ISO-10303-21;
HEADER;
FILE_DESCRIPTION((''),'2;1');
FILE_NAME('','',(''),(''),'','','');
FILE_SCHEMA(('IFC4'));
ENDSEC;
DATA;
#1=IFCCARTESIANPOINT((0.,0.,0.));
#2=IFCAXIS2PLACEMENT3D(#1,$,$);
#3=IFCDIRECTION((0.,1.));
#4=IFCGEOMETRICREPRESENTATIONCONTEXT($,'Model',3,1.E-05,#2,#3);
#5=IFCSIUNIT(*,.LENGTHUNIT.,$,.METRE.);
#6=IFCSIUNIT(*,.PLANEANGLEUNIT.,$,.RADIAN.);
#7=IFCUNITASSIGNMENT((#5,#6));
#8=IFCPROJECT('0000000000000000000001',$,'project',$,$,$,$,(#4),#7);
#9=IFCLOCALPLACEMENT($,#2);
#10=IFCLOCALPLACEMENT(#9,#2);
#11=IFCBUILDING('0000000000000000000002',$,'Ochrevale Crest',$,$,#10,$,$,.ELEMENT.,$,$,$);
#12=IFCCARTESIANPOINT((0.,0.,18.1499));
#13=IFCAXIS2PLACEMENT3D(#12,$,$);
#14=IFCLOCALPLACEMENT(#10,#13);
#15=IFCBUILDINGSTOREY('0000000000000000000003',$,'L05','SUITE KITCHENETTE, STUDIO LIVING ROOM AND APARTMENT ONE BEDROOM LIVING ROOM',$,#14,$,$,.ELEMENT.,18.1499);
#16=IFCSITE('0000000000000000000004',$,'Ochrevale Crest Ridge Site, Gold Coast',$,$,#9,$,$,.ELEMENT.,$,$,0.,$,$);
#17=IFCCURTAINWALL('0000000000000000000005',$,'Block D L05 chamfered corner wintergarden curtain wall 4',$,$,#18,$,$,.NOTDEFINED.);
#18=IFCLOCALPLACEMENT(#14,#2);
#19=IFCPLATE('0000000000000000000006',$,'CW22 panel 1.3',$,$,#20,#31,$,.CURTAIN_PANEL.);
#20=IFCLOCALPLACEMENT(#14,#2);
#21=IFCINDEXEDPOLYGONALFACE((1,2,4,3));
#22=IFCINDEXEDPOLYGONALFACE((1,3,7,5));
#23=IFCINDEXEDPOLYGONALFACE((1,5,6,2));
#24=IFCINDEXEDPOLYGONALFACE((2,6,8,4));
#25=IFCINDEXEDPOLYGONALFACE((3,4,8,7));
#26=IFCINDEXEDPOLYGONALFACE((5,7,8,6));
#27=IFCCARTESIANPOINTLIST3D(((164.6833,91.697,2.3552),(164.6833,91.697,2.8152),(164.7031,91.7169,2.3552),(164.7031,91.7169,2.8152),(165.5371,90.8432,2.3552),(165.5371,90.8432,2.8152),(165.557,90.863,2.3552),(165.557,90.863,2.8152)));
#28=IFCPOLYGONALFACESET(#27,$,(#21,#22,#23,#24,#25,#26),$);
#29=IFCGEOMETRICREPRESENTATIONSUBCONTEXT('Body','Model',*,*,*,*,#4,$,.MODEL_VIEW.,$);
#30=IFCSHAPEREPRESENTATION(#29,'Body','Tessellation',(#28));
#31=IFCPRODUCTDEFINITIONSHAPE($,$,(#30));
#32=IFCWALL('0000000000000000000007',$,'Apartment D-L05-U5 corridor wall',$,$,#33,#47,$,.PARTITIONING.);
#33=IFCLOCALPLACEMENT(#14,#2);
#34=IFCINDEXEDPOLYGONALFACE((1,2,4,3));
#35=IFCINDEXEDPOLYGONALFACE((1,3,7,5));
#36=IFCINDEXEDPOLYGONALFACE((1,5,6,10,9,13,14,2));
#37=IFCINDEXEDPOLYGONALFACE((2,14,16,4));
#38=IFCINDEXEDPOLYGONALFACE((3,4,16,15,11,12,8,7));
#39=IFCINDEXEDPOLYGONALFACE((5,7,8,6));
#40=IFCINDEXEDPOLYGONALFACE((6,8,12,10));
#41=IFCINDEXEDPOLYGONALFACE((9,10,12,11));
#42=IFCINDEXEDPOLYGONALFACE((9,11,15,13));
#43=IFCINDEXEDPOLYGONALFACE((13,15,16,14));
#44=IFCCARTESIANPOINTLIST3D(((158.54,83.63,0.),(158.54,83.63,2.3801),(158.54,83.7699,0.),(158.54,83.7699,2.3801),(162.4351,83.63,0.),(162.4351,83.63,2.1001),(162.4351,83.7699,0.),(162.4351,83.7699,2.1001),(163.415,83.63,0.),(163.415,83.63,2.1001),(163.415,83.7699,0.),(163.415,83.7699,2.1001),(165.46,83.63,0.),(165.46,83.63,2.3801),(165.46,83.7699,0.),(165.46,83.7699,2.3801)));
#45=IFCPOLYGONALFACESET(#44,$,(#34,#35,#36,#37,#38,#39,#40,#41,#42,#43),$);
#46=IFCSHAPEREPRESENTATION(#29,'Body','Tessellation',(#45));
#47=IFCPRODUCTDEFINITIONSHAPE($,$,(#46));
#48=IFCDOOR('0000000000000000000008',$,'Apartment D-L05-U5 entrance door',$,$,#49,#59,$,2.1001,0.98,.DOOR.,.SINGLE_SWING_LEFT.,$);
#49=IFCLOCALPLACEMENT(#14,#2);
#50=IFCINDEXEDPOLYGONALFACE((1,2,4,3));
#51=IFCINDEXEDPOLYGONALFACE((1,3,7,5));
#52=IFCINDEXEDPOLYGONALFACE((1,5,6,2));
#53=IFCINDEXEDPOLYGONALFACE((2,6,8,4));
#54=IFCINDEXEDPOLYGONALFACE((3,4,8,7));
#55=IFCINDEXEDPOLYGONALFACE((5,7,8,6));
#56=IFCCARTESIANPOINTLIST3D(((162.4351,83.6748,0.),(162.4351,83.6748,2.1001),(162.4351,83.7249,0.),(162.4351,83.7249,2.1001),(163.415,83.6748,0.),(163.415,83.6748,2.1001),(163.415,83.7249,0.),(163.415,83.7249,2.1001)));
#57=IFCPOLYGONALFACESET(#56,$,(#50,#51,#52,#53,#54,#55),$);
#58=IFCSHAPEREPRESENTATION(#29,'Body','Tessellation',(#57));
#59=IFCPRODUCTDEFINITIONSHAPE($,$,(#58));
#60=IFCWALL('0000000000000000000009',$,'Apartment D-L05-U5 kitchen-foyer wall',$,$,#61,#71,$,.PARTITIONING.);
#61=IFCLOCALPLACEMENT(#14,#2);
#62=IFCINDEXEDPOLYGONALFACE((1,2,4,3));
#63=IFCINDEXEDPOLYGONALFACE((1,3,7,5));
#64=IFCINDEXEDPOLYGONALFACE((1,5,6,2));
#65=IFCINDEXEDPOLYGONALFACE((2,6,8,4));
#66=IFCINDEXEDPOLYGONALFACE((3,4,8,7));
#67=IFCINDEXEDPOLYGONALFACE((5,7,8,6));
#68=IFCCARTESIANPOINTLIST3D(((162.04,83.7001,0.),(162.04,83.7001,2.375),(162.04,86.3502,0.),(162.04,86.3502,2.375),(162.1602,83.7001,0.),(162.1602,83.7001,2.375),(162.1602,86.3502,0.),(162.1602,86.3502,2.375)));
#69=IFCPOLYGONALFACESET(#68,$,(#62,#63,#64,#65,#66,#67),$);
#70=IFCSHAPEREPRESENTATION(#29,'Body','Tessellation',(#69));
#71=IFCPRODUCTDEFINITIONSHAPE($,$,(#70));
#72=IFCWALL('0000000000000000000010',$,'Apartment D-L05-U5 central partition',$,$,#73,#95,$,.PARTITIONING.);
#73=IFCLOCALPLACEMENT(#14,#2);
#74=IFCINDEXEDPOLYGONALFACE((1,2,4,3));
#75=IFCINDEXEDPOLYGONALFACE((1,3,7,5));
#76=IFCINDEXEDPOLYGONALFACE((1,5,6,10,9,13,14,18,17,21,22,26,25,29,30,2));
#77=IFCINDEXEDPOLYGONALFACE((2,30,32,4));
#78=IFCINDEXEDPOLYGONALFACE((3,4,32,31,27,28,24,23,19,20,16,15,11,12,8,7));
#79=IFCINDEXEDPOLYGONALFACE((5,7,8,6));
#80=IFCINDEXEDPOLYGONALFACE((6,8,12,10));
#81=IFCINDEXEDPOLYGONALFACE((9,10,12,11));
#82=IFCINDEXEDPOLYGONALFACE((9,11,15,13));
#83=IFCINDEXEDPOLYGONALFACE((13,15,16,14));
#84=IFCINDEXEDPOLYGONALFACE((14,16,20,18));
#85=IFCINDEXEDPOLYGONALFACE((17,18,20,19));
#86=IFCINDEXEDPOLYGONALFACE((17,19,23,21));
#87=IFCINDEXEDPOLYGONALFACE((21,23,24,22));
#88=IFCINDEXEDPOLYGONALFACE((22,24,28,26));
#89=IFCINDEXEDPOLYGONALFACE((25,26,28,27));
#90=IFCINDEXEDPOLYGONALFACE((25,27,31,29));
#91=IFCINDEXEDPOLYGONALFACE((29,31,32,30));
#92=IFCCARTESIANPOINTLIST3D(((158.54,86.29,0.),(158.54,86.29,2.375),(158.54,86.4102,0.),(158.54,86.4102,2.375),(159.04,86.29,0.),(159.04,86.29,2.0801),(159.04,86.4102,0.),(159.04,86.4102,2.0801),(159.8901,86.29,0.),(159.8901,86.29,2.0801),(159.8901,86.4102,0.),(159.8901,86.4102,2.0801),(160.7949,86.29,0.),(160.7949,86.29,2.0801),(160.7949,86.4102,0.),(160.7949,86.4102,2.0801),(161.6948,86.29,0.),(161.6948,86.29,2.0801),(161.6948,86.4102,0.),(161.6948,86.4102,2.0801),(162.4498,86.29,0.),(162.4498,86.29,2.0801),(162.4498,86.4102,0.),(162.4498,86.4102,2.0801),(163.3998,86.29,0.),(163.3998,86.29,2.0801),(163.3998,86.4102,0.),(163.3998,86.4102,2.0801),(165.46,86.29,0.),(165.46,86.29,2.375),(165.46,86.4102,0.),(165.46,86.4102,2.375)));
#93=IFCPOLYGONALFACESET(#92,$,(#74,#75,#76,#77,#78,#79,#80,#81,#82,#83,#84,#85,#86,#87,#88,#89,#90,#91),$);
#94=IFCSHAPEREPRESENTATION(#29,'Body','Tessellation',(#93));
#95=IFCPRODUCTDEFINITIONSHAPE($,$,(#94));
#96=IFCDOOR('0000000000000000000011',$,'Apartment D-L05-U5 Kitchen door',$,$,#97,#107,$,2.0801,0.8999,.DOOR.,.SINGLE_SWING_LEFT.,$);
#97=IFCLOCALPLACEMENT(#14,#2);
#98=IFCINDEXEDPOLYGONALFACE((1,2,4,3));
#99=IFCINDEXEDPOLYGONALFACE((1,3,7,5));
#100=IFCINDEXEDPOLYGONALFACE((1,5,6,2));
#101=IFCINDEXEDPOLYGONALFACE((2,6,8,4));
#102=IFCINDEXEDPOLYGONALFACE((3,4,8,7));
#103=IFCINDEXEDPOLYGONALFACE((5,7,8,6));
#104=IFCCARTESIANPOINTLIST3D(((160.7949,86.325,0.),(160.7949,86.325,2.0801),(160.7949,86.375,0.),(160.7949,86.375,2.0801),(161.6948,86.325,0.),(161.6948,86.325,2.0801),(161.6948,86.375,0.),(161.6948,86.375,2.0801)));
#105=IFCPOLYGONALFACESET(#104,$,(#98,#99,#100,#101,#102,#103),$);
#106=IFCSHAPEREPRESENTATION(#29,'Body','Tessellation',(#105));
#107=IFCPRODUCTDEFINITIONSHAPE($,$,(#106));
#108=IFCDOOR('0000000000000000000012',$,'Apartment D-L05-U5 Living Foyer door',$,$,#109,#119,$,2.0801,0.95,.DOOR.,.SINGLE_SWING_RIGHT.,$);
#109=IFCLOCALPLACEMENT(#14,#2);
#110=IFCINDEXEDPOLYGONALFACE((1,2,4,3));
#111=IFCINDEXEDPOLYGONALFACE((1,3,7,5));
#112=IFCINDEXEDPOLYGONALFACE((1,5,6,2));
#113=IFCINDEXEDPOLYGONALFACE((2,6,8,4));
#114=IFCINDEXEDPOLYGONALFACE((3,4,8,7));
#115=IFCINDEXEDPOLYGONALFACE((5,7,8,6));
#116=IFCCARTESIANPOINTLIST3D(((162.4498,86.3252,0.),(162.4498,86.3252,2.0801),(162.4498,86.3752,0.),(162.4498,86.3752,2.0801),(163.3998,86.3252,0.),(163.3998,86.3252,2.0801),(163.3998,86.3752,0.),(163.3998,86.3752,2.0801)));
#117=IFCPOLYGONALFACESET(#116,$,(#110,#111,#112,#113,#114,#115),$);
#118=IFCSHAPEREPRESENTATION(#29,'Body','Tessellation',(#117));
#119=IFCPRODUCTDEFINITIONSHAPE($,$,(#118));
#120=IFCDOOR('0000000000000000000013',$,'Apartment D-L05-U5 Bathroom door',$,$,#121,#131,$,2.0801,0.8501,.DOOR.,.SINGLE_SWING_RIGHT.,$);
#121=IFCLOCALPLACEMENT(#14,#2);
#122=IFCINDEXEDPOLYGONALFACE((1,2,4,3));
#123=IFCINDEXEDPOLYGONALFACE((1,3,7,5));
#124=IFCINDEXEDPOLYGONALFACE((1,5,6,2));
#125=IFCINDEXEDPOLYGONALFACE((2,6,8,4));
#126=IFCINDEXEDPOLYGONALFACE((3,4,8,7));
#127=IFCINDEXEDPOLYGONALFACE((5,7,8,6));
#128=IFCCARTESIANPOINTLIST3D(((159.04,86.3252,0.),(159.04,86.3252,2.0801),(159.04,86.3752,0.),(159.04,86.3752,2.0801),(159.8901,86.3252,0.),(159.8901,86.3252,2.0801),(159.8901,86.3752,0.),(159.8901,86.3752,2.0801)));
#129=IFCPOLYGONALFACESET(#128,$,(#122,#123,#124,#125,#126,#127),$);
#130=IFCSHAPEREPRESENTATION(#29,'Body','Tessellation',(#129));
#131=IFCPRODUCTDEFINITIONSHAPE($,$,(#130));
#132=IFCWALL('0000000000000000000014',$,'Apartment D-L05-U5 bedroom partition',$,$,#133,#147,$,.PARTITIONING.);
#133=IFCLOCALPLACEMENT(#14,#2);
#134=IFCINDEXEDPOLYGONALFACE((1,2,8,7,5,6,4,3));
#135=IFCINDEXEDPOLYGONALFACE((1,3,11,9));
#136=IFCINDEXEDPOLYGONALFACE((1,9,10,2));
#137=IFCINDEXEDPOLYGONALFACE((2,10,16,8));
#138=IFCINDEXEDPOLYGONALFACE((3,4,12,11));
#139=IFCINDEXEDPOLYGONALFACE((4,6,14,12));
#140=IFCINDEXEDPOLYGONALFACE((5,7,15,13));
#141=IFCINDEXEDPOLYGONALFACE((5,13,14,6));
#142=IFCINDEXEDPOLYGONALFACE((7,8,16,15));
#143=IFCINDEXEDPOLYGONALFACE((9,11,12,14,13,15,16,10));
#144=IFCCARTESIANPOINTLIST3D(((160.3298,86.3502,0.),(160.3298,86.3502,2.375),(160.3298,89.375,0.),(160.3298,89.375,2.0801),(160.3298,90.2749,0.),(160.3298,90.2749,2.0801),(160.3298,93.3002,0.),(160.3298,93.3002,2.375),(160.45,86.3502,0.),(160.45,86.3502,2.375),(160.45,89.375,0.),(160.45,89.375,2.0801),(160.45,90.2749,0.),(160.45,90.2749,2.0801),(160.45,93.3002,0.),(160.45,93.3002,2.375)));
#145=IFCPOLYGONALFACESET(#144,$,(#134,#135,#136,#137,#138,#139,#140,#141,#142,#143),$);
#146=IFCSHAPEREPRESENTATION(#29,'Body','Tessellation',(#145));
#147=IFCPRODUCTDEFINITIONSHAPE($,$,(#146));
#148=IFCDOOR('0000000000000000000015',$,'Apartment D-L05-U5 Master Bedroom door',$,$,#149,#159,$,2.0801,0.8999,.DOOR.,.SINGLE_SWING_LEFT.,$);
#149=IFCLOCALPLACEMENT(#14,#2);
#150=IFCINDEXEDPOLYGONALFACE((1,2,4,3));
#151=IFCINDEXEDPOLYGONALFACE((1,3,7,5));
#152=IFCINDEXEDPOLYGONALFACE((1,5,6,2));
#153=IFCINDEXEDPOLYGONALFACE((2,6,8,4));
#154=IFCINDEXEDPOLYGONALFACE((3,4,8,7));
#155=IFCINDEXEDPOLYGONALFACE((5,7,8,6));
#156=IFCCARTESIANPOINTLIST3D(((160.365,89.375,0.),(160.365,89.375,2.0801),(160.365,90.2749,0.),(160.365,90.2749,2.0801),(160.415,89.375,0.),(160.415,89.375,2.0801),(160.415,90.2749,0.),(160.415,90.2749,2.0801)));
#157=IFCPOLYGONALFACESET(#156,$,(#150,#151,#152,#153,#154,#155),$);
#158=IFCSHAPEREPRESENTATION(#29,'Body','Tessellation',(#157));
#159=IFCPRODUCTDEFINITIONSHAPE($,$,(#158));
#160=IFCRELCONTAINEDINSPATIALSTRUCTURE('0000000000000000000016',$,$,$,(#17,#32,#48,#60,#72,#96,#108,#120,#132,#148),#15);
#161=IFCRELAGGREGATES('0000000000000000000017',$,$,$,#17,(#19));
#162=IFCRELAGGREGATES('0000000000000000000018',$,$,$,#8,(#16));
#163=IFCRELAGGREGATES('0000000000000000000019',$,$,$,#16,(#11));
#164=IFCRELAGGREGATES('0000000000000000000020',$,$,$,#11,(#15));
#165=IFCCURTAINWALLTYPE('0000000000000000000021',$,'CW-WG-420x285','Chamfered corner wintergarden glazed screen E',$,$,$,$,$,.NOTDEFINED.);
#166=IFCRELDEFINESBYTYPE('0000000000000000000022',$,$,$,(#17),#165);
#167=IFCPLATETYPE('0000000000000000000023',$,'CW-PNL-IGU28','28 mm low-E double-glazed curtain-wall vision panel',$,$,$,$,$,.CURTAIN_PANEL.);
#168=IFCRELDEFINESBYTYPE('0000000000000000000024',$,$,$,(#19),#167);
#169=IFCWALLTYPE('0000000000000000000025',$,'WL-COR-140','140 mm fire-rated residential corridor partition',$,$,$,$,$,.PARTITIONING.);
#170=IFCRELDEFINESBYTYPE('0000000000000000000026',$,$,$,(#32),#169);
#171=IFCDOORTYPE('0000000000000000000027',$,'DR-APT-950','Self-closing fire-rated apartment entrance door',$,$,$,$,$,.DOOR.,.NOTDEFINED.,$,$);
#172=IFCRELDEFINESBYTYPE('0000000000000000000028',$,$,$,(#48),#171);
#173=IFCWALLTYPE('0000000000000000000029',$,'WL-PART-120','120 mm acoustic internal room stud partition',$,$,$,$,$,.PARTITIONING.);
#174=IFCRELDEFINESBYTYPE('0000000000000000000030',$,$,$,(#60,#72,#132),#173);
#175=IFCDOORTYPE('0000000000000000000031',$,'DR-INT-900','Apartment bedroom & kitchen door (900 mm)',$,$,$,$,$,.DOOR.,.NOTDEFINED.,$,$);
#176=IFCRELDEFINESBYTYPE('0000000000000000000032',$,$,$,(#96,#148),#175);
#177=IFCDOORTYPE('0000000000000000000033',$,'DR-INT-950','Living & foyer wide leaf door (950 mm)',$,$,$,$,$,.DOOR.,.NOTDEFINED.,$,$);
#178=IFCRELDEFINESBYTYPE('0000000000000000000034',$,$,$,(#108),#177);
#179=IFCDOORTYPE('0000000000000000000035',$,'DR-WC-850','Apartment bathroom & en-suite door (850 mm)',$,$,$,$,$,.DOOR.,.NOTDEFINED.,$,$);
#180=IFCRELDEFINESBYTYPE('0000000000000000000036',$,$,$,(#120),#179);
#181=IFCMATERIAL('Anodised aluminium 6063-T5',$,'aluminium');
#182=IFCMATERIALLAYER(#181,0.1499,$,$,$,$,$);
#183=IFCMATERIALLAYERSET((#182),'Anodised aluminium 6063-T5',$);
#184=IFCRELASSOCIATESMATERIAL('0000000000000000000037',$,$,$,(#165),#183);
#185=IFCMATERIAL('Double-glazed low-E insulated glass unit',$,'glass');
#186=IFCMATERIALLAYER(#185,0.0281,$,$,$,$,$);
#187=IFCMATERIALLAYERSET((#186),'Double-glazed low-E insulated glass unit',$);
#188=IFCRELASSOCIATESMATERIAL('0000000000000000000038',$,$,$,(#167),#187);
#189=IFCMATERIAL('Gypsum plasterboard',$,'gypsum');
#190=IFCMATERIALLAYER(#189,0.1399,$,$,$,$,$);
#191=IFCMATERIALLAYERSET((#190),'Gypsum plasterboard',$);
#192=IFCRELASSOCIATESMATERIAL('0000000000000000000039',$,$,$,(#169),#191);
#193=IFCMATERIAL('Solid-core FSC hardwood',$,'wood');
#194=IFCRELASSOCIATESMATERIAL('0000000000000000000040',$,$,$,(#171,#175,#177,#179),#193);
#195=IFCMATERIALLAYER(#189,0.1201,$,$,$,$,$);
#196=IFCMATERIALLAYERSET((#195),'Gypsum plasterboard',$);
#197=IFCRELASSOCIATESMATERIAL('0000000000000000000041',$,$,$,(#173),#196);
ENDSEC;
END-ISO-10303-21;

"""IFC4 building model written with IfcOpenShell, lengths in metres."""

from ifc_helpers import new_model, si_unit, direction, frame, frame_2d, origin, origin_2d, place, context, subcontext, project, spatial, rectangle, extrude, material, layer, layer_set, type_object, element, fill, aggregate, save


model = new_model("IFC4")

# Units and contexts
model_context = context("Model", 3, precision=1e-05, world=origin(), true_north=direction((0.0, 1.0)))
body_context = subcontext(model_context, "Body", "Model", "MODEL_VIEW")
ifc_project = project(units=[si_unit("LENGTHUNIT", "METRE"), si_unit("PLANEANGLEUNIT", "RADIAN")], contexts=[model_context])

# Site, building, storey
site_placement = place(None, origin())
site = spatial("IfcSite", under=ifc_project, at=site_placement, Name="Ochrevale Crest Ridge Site, Gold Coast", CompositionType="ELEMENT", RefElevation=0.0)
building_placement = place(site_placement, origin())
building = spatial("IfcBuilding", under=site, at=building_placement, Name="Ochrevale Crest", CompositionType="ELEMENT")
storey_placement = place(building_placement, frame((0.0, 0.0, 18.1499)))
storey = spatial("IfcBuildingStorey", under=building, at=storey_placement, Name="L05", Description="SUITE KITCHENETTE, STUDIO LIVING ROOM AND APARTMENT ONE BEDROOM LIVING ROOM", CompositionType="ELEMENT", Elevation=18.1499)

# Curtain wall, plate
ifc_material_1 = material(Name="Anodised aluminium 6063-T5", Category="aluminium")
ifc_layer_1 = layer(ifc_material_1, 0.1499)
ifc_layer_set_1 = layer_set([ifc_layer_1], Name="Anodised aluminium 6063-T5")
curtain_wall_type = type_object("IfcCurtainWallType", Name="CW-WG-420x285", Description="Chamfered corner wintergarden glazed screen E", PredefinedType="NOTDEFINED", material=ifc_layer_set_1)
curtain_wall_placement = place(storey_placement, origin())
curtain_wall = element("IfcCurtainWall", 1, at=curtain_wall_placement, inside=storey, type_object=curtain_wall_type, Name="Block D L05 chamfered corner wintergarden curtain wall 4", PredefinedType="NOTDEFINED")
ifc_material_2 = material(Name="Double-glazed low-E insulated glass unit", Category="glass")
ifc_layer_2 = layer(ifc_material_2, 0.0281)
ifc_layer_set_2 = layer_set([ifc_layer_2], Name="Double-glazed low-E insulated glass unit")
plate_type = type_object("IfcPlateType", Name="CW-PNL-IGU28", Description="28 mm low-E double-glazed curtain-wall vision panel", PredefinedType="CURTAIN_PANEL", material=ifc_layer_set_2)
plate_1_placement = place(storey_placement, frame((165.1201, 91.28, 2.3552), z_axis=(0.0, 0.0, 1.0), x_axis=(-0.707107, 0.707107, 0.0)))
plate_1 = element("IfcPlate", 2, at=plate_1_placement, type_object=plate_type, Name="CW22 panel 1.3", PredefinedType="CURTAIN_PANEL", context=body_context, shape_type="SweptSolid", body=[
    extrude(rectangle(XDim=1.2075, YDim=0.0281, at=origin_2d()), origin(), (0.0, 0.0, 1.0), 0.46),
])
aggregate(curtain_wall, [plate_1])

# Wall, opening, door
ifc_material_3 = material(Name="Gypsum plasterboard", Category="gypsum")
ifc_layer_3 = layer(ifc_material_3, 0.1399)
ifc_layer_set_3 = layer_set([ifc_layer_3], Name="Gypsum plasterboard")
wall_type_1 = type_object("IfcWallType", Name="WL-COR-140", Description="140 mm fire-rated residential corridor partition", PredefinedType="PARTITIONING", material=ifc_layer_set_3)
wall_1_placement = place(storey_placement, frame((158.54, 83.7, 0.0), z_axis=(0.0, 0.0, 1.0), x_axis=(1.0, 0.0, 0.0)))
wall_1 = element("IfcWall", 3, at=wall_1_placement, inside=storey, type_object=wall_type_1, Name="Apartment D-L05-U5 corridor wall", PredefinedType="PARTITIONING", context=body_context, shape_type="SweptSolid", body=[
    extrude(rectangle(XDim=6.9199, YDim=0.1399, at=frame_2d((3.46, 0.0))), origin(), (0.0, 0.0, 1.0), 2.3801),
])
opening_1_placement = place(wall_1_placement, frame((3.895, 0.0, 0.0)))
opening_1 = element("IfcOpeningElement", 4, at=opening_1_placement, cuts=wall_1, PredefinedType="OPENING", context=body_context, shape_type="SweptSolid", body=[
    extrude(rectangle(XDim=0.98, YDim=2.1001, at=frame_2d((0.49, 1.05))), frame((0.0, 0.0801, 0.0), z_axis=(0.0, -1.0, 0.0), x_axis=(1.0, 0.0, 0.0)), (0.0, 0.0, 1.0), 0.1599),
])
ifc_material_4 = material(Name="Solid-core FSC hardwood", Category="wood")
door_type_1 = type_object("IfcDoorType", Name="DR-APT-950", Description="Self-closing fire-rated apartment entrance door", OperationType="NOTDEFINED", PredefinedType="DOOR", material=ifc_material_4)
door_1_placement = place(opening_1_placement, origin())
door_1 = element("IfcDoor", 5, at=door_1_placement, inside=storey, type_object=door_type_1, Name="Apartment D-L05-U5 entrance door", OperationType="SINGLE_SWING_LEFT", OverallHeight=2.1001, OverallWidth=0.98, PredefinedType="DOOR", context=body_context, shape_type="SweptSolid", body=[
    extrude(rectangle(XDim=0.98, YDim=2.1001, at=frame_2d((0.49, 1.05))), frame((0.0, 0.0249, 0.0), z_axis=(0.0, -1.0, 0.0), x_axis=(1.0, 0.0, 0.0)), (0.0, 0.0, 1.0), 0.05),
])
fill(opening_1, door_1)

# Wall
ifc_layer_4 = layer(ifc_material_3, 0.1201)
ifc_layer_set_4 = layer_set([ifc_layer_4], Name="Gypsum plasterboard")
wall_type_2 = type_object("IfcWallType", Name="WL-PART-120", Description="120 mm acoustic internal room stud partition", PredefinedType="PARTITIONING", material=ifc_layer_set_4)
wall_2_placement = place(storey_placement, frame((162.1001, 83.7, 0.0), z_axis=(0.0, 0.0, 1.0), x_axis=(0.0, 1.0, 0.0)))
element("IfcWall", 6, at=wall_2_placement, inside=storey, type_object=wall_type_2, Name="Apartment D-L05-U5 kitchen-foyer wall", PredefinedType="PARTITIONING", context=body_context, shape_type="SweptSolid", body=[
    extrude(rectangle(XDim=2.6501, YDim=0.1201, at=frame_2d((1.3252, 0.0))), origin(), (0.0, 0.0, 1.0), 2.375),
])

# Wall, openings, doors
wall_3_placement = place(storey_placement, frame((158.54, 86.3501, 0.0), z_axis=(0.0, 0.0, 1.0), x_axis=(1.0, 0.0, 0.0)))
wall_3 = element("IfcWall", 7, at=wall_3_placement, inside=storey, type_object=wall_type_2, Name="Apartment D-L05-U5 central partition", PredefinedType="PARTITIONING", context=body_context, shape_type="SweptSolid", body=[
    extrude(rectangle(XDim=6.9199, YDim=0.1201, at=frame_2d((3.46, 0.0))), origin(), (0.0, 0.0, 1.0), 2.375),
])
opening_2_placement = place(wall_3_placement, frame((1.3501, 0.0, 0.0), z_axis=(0.0, 0.0, 1.0), x_axis=(-1.0, 0.0, 0.0)))
opening_2 = element("IfcOpeningElement", 8, at=opening_2_placement, cuts=wall_3, PredefinedType="OPENING", context=body_context, shape_type="SweptSolid", body=[
    extrude(rectangle(XDim=0.8501, YDim=2.0801, at=frame_2d((0.425, 1.04))), frame((0.0, 0.0701, 0.0), z_axis=(0.0, -1.0, 0.0), x_axis=(1.0, 0.0, 0.0)), (0.0, 0.0, 1.0), 0.1401),
])
opening_3_placement = place(wall_3_placement, frame((2.2549, 0.0, 0.0)))
opening_3 = element("IfcOpeningElement", 9, at=opening_3_placement, cuts=wall_3, PredefinedType="OPENING", context=body_context, shape_type="SweptSolid", body=[
    extrude(rectangle(XDim=0.8999, YDim=2.0801, at=frame_2d((0.45, 1.04))), frame((0.0, 0.0701, 0.0), z_axis=(0.0, -1.0, 0.0), x_axis=(1.0, 0.0, 0.0)), (0.0, 0.0, 1.0), 0.1401),
])
opening_4_placement = place(wall_3_placement, frame((4.8599, 0.0, 0.0), z_axis=(0.0, 0.0, 1.0), x_axis=(-1.0, 0.0, 0.0)))
opening_4 = element("IfcOpeningElement", 10, at=opening_4_placement, cuts=wall_3, PredefinedType="OPENING", context=body_context, shape_type="SweptSolid", body=[
    extrude(rectangle(XDim=0.95, YDim=2.0801, at=frame_2d((0.4751, 1.04))), frame((0.0, 0.0701, 0.0), z_axis=(0.0, -1.0, 0.0), x_axis=(1.0, 0.0, 0.0)), (0.0, 0.0, 1.0), 0.1401),
])
door_type_2 = type_object("IfcDoorType", Name="DR-INT-900", Description="Apartment bedroom & kitchen door (900 mm)", OperationType="NOTDEFINED", PredefinedType="DOOR", material=ifc_material_4)
door_2_placement = place(opening_3_placement, origin())
door_2 = element("IfcDoor", 11, at=door_2_placement, inside=storey, type_object=door_type_2, Name="Apartment D-L05-U5 Kitchen door", OperationType="SINGLE_SWING_LEFT", OverallHeight=2.0801, OverallWidth=0.8999, PredefinedType="DOOR", context=body_context, shape_type="SweptSolid", body=[
    extrude(rectangle(XDim=0.8999, YDim=2.0801, at=frame_2d((0.45, 1.04))), frame((0.0, 0.0249, 0.0), z_axis=(0.0, -1.0, 0.0), x_axis=(1.0, 0.0, 0.0)), (0.0, 0.0, 1.0), 0.05),
])
fill(opening_3, door_2)
door_type_3 = type_object("IfcDoorType", Name="DR-INT-950", Description="Living & foyer wide leaf door (950 mm)", OperationType="NOTDEFINED", PredefinedType="DOOR", material=ifc_material_4)
door_3_placement = place(opening_4_placement, origin())
door_3 = element("IfcDoor", 12, at=door_3_placement, inside=storey, type_object=door_type_3, Name="Apartment D-L05-U5 Living Foyer door", OperationType="SINGLE_SWING_RIGHT", OverallHeight=2.0801, OverallWidth=0.95, PredefinedType="DOOR", context=body_context, shape_type="SweptSolid", body=[
    extrude(rectangle(XDim=0.95, YDim=2.0801, at=frame_2d((0.4751, 1.04))), frame((0.0, 0.0249, 0.0), z_axis=(0.0, -1.0, 0.0), x_axis=(1.0, 0.0, 0.0)), (0.0, 0.0, 1.0), 0.05),
])
fill(opening_4, door_3)
door_type_4 = type_object("IfcDoorType", Name="DR-WC-850", Description="Apartment bathroom & en-suite door (850 mm)", OperationType="NOTDEFINED", PredefinedType="DOOR", material=ifc_material_4)
door_4_placement = place(opening_2_placement, origin())
door_4 = element("IfcDoor", 13, at=door_4_placement, inside=storey, type_object=door_type_4, Name="Apartment D-L05-U5 Bathroom door", OperationType="SINGLE_SWING_RIGHT", OverallHeight=2.0801, OverallWidth=0.8501, PredefinedType="DOOR", context=body_context, shape_type="SweptSolid", body=[
    extrude(rectangle(XDim=0.8501, YDim=2.0801, at=frame_2d((0.425, 1.04))), frame((0.0, 0.0249, 0.0), z_axis=(0.0, -1.0, 0.0), x_axis=(1.0, 0.0, 0.0)), (0.0, 0.0, 1.0), 0.05),
])
fill(opening_2, door_4)

# Wall, opening, door
wall_4_placement = place(storey_placement, frame((160.3899, 86.3501, 0.0), z_axis=(0.0, 0.0, 1.0), x_axis=(0.0, 1.0, 0.0)))
wall_4 = element("IfcWall", 14, at=wall_4_placement, inside=storey, type_object=wall_type_2, Name="Apartment D-L05-U5 bedroom partition", PredefinedType="PARTITIONING", context=body_context, shape_type="SweptSolid", body=[
    extrude(rectangle(XDim=6.95, YDim=0.1201, at=frame_2d((3.4751, 0.0))), origin(), (0.0, 0.0, 1.0), 2.375),
])
opening_5_placement = place(wall_4_placement, frame((3.0249, 0.0, 0.0)))
opening_5 = element("IfcOpeningElement", 15, at=opening_5_placement, cuts=wall_4, PredefinedType="OPENING", context=body_context, shape_type="SweptSolid", body=[
    extrude(rectangle(XDim=0.8999, YDim=2.0801, at=frame_2d((0.45, 1.04))), frame((0.0, 0.0701, 0.0), z_axis=(0.0, -1.0, 0.0), x_axis=(1.0, 0.0, 0.0)), (0.0, 0.0, 1.0), 0.1401),
])
door_5_placement = place(opening_5_placement, origin())
door_5 = element("IfcDoor", 16, at=door_5_placement, inside=storey, type_object=door_type_2, Name="Apartment D-L05-U5 Master Bedroom door", OperationType="SINGLE_SWING_LEFT", OverallHeight=2.0801, OverallWidth=0.8999, PredefinedType="DOOR", context=body_context, shape_type="SweptSolid", body=[
    extrude(rectangle(XDim=0.8999, YDim=2.0801, at=frame_2d((0.45, 1.04))), frame((0.0, 0.0249, 0.0), z_axis=(0.0, -1.0, 0.0), x_axis=(1.0, 0.0, 0.0)), (0.0, 0.0, 1.0), 0.05),
])
fill(opening_5, door_5)

save(model, "model.ifc")
